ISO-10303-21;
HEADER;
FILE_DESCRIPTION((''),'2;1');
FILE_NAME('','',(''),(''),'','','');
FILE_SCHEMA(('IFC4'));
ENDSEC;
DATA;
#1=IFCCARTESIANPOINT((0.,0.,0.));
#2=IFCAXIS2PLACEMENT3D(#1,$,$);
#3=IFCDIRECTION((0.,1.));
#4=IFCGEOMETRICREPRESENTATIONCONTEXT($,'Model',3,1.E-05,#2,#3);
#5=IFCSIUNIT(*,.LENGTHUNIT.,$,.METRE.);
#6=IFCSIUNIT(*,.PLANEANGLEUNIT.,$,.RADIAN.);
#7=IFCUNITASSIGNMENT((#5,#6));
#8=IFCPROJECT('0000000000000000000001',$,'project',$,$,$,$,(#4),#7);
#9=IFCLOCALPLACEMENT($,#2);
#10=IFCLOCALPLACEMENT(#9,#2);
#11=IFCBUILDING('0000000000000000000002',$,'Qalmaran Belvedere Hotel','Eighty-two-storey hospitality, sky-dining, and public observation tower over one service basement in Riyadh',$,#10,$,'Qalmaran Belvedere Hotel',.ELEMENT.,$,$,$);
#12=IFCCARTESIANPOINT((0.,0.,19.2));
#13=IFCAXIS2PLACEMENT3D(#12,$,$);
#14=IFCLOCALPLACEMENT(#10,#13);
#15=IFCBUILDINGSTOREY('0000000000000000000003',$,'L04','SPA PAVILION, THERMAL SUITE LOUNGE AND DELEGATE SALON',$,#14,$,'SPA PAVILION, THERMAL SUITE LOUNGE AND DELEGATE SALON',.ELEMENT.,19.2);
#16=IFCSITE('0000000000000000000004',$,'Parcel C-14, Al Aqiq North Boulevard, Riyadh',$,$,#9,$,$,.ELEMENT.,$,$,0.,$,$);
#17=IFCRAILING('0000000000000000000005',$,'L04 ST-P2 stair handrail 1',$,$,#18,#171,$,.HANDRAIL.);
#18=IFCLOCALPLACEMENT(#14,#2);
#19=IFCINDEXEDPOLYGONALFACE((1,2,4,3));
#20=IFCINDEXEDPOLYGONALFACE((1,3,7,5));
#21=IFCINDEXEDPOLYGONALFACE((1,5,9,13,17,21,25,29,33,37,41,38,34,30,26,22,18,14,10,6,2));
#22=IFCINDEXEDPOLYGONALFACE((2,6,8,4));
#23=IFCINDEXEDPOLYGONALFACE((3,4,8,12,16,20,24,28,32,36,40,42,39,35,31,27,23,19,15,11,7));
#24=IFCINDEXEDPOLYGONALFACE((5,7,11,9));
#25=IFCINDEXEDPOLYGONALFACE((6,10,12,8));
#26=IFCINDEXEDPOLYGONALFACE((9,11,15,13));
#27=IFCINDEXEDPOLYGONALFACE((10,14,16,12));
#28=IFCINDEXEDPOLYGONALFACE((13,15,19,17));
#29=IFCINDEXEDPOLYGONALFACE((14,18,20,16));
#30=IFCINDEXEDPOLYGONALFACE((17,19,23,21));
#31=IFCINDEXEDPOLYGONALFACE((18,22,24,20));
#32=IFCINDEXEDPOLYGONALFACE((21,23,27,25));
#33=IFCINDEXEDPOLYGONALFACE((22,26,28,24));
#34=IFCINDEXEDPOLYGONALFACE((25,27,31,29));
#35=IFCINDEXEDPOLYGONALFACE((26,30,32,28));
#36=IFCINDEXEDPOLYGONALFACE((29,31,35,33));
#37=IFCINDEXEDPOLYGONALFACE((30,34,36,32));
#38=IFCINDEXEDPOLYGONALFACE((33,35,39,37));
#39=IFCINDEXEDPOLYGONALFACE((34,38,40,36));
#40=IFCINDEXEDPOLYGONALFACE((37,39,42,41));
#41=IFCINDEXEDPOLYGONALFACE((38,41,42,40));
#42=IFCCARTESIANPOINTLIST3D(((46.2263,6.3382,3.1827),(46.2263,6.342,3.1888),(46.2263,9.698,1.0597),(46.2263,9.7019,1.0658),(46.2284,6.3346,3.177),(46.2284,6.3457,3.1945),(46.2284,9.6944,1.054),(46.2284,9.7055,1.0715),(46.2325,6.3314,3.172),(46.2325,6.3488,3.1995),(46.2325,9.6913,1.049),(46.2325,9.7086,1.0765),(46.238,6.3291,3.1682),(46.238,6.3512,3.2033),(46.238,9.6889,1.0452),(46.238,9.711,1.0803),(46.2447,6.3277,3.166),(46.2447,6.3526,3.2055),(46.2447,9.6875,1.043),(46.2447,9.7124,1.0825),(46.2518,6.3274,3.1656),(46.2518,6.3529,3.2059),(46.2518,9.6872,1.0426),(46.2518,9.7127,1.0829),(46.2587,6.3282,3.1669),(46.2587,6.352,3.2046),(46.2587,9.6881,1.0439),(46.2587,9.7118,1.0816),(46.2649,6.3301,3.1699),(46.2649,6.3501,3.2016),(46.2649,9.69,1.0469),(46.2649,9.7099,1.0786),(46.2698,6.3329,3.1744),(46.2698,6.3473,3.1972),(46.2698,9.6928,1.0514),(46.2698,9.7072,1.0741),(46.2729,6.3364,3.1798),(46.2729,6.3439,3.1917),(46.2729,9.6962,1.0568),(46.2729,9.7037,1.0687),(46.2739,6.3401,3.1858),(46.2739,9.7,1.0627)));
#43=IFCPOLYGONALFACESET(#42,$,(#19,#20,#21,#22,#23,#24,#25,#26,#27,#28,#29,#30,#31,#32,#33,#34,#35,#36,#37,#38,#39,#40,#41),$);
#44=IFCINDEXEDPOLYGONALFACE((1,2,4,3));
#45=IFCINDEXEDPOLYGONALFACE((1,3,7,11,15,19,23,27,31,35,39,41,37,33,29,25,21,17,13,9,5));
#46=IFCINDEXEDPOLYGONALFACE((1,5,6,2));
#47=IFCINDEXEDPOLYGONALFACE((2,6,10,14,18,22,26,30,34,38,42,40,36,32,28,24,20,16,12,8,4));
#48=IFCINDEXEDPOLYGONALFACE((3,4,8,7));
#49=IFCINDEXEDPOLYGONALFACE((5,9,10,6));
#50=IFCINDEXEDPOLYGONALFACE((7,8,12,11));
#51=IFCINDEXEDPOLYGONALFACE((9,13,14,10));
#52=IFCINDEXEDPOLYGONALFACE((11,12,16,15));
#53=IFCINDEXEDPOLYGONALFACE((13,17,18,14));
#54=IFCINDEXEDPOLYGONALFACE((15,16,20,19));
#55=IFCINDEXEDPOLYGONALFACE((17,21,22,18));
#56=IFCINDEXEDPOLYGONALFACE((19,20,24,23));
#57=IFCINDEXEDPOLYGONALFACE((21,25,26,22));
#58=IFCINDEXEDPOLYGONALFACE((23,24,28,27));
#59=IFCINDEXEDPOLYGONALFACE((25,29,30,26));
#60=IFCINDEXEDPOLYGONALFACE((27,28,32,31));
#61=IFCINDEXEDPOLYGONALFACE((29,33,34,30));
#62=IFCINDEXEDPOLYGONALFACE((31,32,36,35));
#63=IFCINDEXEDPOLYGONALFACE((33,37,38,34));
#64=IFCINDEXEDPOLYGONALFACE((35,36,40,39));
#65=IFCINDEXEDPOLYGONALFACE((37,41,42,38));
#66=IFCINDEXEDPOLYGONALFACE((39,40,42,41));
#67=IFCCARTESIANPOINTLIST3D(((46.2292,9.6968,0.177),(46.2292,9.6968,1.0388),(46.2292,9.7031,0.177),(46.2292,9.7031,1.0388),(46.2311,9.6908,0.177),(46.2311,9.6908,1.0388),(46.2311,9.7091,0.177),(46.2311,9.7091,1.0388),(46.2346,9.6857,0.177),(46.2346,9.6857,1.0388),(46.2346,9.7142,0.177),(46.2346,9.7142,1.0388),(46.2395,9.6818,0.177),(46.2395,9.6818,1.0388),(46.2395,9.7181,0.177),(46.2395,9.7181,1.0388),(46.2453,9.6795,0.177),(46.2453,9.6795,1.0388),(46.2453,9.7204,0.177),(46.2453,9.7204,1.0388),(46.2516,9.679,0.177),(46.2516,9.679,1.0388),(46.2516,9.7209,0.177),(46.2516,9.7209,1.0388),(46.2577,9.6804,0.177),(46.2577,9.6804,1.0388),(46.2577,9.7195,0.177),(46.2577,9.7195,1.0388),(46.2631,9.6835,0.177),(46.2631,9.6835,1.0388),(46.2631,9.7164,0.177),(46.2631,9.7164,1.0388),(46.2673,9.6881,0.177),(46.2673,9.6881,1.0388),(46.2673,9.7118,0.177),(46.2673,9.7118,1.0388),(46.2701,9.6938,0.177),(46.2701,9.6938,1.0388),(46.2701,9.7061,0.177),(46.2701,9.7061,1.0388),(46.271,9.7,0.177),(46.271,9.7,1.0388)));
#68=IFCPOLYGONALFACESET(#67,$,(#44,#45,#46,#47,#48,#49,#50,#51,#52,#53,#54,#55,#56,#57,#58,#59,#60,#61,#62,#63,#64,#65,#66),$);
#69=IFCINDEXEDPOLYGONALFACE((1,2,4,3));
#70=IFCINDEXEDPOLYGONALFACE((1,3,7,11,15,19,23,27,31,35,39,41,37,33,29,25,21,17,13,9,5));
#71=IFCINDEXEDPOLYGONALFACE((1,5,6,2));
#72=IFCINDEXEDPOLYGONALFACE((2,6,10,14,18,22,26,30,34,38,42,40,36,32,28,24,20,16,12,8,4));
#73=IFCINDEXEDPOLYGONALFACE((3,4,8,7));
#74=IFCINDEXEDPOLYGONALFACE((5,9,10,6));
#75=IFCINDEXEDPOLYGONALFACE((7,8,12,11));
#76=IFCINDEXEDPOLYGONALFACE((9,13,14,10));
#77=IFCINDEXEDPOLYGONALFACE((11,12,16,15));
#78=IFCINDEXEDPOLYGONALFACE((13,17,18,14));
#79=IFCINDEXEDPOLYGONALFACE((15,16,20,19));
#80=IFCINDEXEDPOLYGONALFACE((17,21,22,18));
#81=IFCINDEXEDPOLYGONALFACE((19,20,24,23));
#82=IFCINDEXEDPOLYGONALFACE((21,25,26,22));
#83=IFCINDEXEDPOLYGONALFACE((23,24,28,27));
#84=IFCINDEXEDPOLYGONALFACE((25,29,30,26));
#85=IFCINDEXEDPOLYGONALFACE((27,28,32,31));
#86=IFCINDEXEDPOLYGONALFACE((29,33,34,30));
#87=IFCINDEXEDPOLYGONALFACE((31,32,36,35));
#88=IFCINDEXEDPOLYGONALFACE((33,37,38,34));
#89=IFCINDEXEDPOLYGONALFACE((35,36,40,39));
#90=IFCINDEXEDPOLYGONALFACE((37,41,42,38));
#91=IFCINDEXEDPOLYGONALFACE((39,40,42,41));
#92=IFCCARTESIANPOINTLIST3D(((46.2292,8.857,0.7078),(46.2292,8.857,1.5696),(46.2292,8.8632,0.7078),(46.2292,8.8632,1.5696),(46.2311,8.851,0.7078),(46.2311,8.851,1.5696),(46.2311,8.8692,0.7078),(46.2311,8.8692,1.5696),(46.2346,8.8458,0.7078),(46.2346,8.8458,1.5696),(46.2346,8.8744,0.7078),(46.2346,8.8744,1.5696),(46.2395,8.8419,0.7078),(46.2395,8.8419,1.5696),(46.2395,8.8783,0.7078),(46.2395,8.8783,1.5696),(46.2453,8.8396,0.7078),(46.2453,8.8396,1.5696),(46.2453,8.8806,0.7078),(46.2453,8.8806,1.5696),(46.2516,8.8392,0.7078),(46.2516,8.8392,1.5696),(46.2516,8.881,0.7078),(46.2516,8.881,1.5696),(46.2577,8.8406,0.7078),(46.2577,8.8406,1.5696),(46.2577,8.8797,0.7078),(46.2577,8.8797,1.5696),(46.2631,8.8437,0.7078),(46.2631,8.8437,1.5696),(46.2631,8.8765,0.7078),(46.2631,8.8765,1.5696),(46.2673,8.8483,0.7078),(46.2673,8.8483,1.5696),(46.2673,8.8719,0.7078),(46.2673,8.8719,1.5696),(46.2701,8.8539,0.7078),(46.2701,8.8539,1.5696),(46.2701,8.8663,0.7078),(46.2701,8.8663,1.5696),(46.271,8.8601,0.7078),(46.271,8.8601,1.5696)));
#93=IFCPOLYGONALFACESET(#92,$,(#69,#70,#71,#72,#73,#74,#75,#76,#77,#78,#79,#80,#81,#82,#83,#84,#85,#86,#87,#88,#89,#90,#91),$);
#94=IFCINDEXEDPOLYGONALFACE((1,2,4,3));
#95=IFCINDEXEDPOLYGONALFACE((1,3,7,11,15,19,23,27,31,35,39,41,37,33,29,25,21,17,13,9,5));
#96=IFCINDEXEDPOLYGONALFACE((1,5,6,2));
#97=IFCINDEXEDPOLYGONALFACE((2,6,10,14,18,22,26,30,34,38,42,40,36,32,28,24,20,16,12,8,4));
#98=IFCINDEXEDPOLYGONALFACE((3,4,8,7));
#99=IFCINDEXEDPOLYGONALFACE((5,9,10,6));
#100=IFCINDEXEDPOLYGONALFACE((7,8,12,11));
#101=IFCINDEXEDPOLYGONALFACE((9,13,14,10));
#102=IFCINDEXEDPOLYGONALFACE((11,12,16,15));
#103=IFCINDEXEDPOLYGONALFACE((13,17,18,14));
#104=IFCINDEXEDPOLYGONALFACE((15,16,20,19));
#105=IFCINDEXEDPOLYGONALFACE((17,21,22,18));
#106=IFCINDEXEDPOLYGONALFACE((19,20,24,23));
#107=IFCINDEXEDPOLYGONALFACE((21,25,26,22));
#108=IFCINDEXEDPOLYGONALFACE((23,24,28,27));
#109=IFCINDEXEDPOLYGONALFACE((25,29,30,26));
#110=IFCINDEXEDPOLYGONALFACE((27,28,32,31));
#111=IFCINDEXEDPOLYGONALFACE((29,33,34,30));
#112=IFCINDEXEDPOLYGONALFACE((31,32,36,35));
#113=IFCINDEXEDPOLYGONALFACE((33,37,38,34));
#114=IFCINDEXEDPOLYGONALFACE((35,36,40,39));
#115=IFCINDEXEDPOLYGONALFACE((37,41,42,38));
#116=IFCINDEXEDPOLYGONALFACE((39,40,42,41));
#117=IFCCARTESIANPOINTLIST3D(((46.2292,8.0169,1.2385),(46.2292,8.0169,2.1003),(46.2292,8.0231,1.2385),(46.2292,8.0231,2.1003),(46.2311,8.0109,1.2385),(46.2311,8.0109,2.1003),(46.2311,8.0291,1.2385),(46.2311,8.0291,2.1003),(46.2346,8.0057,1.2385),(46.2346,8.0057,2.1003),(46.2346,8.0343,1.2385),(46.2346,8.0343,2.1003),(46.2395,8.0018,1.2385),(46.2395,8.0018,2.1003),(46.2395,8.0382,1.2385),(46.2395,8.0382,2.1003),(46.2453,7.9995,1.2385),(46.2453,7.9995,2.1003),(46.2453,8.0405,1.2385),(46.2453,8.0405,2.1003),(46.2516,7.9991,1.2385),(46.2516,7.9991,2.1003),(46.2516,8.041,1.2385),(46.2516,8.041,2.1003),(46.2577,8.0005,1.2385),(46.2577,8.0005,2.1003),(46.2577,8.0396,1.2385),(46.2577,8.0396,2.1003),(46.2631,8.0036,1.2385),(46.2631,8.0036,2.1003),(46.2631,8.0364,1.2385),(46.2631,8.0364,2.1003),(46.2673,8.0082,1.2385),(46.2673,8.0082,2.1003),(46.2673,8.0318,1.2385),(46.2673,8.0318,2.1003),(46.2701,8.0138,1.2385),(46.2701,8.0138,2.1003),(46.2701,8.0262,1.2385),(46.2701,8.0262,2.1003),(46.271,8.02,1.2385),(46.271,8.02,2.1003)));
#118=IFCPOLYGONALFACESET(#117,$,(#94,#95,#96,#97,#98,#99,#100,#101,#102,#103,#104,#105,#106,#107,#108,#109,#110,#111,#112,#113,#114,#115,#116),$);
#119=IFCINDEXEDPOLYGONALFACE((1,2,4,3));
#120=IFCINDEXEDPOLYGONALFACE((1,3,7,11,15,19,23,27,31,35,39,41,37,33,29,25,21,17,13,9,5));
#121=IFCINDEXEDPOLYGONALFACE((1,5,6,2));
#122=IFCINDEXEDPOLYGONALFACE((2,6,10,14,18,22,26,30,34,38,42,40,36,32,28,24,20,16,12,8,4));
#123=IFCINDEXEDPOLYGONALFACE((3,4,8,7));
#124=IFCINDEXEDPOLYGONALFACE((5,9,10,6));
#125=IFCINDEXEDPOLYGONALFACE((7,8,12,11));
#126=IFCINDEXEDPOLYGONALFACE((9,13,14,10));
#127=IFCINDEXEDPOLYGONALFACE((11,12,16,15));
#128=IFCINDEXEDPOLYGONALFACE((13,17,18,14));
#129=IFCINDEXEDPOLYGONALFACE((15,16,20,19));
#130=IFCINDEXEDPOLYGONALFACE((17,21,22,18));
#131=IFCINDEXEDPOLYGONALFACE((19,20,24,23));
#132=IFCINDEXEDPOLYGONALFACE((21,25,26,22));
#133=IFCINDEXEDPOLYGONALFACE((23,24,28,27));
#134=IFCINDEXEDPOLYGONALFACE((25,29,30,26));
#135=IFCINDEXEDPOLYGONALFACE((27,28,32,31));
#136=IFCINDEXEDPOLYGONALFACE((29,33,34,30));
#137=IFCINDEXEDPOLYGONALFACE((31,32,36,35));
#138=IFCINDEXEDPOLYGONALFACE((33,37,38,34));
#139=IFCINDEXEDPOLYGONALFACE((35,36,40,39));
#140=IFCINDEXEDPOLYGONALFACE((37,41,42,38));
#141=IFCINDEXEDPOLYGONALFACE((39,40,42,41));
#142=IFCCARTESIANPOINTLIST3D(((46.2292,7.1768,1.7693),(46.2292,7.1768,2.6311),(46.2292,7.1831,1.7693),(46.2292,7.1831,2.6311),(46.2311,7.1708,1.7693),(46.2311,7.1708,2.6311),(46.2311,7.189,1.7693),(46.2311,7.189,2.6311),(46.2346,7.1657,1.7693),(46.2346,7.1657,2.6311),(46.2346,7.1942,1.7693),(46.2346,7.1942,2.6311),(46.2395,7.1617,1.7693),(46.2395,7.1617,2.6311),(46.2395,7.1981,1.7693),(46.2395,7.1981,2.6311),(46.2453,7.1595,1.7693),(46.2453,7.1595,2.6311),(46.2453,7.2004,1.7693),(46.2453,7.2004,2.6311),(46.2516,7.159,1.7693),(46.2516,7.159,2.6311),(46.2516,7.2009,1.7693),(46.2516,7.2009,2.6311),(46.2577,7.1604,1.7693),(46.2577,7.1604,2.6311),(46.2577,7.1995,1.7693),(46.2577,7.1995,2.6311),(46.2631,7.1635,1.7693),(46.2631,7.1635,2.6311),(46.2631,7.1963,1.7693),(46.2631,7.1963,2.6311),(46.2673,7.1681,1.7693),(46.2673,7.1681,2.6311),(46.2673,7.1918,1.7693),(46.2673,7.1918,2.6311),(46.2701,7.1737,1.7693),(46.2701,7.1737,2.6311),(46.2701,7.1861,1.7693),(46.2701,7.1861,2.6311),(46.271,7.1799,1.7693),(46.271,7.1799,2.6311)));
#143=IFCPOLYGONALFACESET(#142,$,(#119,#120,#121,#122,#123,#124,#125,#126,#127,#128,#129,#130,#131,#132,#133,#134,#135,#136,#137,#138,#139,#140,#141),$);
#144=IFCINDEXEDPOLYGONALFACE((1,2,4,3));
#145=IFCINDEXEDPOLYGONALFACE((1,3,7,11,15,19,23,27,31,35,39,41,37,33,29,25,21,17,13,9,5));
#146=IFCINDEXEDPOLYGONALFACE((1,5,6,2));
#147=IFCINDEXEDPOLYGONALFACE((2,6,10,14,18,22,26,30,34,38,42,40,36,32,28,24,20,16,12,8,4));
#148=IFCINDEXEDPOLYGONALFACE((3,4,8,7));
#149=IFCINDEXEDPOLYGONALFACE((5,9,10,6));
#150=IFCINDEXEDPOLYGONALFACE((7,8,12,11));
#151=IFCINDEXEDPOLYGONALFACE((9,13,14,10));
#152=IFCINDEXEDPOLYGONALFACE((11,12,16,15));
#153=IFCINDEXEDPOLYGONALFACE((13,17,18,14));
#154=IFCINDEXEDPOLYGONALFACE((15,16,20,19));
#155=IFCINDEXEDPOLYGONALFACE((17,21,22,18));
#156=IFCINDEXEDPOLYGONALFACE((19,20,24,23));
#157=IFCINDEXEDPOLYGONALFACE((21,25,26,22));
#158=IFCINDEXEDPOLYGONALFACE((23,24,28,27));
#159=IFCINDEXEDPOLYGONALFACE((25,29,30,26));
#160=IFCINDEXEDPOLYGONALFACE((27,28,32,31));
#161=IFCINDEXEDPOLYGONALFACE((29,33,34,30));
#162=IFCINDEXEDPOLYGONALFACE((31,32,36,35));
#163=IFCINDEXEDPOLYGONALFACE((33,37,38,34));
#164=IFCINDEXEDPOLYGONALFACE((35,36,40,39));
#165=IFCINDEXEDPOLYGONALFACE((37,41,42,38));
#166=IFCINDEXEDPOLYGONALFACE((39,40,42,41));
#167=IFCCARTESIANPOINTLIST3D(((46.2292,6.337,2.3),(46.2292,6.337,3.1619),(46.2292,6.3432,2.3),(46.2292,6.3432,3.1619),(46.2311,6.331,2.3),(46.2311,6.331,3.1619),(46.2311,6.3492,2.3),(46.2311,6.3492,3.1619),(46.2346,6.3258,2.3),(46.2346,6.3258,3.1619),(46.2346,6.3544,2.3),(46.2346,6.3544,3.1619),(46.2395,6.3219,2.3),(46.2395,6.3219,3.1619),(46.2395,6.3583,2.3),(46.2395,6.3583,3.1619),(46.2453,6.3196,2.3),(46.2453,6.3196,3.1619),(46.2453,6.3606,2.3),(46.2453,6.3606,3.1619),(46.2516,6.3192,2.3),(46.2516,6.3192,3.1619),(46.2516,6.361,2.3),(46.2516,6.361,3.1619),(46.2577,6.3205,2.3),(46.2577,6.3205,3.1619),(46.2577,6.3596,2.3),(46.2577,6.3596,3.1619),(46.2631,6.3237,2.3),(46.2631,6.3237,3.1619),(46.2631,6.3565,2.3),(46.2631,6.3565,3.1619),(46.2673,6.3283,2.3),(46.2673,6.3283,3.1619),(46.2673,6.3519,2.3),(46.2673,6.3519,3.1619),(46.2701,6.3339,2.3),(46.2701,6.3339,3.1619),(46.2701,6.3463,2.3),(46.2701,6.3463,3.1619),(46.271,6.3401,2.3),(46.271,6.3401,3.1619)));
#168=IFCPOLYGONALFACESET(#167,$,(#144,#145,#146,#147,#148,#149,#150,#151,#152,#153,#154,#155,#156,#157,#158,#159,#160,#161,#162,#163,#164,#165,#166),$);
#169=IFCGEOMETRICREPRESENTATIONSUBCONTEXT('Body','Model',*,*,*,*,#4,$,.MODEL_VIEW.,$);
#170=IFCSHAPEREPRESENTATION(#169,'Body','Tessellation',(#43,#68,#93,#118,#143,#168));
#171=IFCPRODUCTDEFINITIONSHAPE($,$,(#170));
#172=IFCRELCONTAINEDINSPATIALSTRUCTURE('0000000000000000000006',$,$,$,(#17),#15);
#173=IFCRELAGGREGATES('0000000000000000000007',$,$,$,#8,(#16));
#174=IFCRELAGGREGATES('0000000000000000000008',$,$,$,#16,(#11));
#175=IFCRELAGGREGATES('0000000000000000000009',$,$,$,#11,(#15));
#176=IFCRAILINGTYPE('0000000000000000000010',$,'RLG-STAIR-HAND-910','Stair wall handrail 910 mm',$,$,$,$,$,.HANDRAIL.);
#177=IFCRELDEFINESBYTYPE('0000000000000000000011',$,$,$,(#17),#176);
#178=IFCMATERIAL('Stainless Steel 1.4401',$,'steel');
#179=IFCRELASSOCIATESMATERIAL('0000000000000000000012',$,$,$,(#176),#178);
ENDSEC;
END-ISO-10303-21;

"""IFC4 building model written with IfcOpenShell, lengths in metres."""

from ifc_helpers import new_model, si_unit, direction, frame, origin, origin_2d, place, context, subcontext, project, spatial, circle, extrude, material, type_object, element, save


model = new_model("IFC4")

# Units and contexts
model_context = context("Model", 3, precision=1e-05, world=origin(), true_north=direction((0.0, 1.0)))
body_context = subcontext(model_context, "Body", "Model", "MODEL_VIEW")
ifc_project = project(units=[si_unit("LENGTHUNIT", "METRE"), si_unit("PLANEANGLEUNIT", "RADIAN")], contexts=[model_context])

# Site, building, storey
site_placement = place(None, origin())
site = spatial("IfcSite", under=ifc_project, at=site_placement, Name="Parcel C-14, Al Aqiq North Boulevard, Riyadh", CompositionType="ELEMENT", RefElevation=0.0)
building_placement = place(site_placement, origin())
building = spatial("IfcBuilding", under=site, at=building_placement, Name="Qalmaran Belvedere Hotel", Description="Eighty-two-storey hospitality, sky-dining, and public observation tower over one service basement in Riyadh", LongName="Qalmaran Belvedere Hotel", CompositionType="ELEMENT")
storey_placement = place(building_placement, frame((0.0, 0.0, 19.2)))
storey = spatial("IfcBuildingStorey", under=building, at=storey_placement, Name="L04", Description="SPA PAVILION, THERMAL SUITE LOUNGE AND DELEGATE SALON", LongName="SPA PAVILION, THERMAL SUITE LOUNGE AND DELEGATE SALON", CompositionType="ELEMENT", Elevation=19.2)

# Railing
ifc_material_1 = material(Name="Stainless Steel 1.4401", Category="steel")
railing_type_1 = type_object("IfcRailingType", Name="RLG-STAIR-HAND-910", Description="Stair wall handrail 910 mm", PredefinedType="HANDRAIL", material=ifc_material_1)
railing_1_placement = place(storey_placement, frame((46.25, 9.7, 0.177)))
element("IfcRailing", 1, at=railing_1_placement, inside=storey, type_object=railing_type_1, Name="L04 ST-P2 stair handrail 1", PredefinedType="HANDRAIL", context=body_context, shape_type="SweptSolid", body=[
    extrude(circle(Radius=0.0239, at=origin_2d()), frame((0.0, 0.0, 0.8857), z_axis=(0.0, -0.845372, 0.534178), x_axis=(1.0, 0.0, 0.0)), (0.0, 0.0, 1.0), 3.9744),
    extrude(circle(Radius=0.021, at=origin_2d()), origin(), (0.0, 0.0, 1.0), 0.8618),
    extrude(circle(Radius=0.021, at=origin_2d()), frame((0.0, -0.8398, 0.5308)), (0.0, 0.0, 1.0), 0.8618),
    extrude(circle(Radius=0.021, at=origin_2d()), frame((0.0, -1.6799, 1.0615)), (0.0, 0.0, 1.0), 0.8618),
    extrude(circle(Radius=0.021, at=origin_2d()), frame((0.0, -2.52, 1.5923)), (0.0, 0.0, 1.0), 0.8618),
    extrude(circle(Radius=0.021, at=origin_2d()), frame((0.0, -3.3599, 2.123)), (0.0, 0.0, 1.0), 0.8618),
])

save(model, "model.ifc")
